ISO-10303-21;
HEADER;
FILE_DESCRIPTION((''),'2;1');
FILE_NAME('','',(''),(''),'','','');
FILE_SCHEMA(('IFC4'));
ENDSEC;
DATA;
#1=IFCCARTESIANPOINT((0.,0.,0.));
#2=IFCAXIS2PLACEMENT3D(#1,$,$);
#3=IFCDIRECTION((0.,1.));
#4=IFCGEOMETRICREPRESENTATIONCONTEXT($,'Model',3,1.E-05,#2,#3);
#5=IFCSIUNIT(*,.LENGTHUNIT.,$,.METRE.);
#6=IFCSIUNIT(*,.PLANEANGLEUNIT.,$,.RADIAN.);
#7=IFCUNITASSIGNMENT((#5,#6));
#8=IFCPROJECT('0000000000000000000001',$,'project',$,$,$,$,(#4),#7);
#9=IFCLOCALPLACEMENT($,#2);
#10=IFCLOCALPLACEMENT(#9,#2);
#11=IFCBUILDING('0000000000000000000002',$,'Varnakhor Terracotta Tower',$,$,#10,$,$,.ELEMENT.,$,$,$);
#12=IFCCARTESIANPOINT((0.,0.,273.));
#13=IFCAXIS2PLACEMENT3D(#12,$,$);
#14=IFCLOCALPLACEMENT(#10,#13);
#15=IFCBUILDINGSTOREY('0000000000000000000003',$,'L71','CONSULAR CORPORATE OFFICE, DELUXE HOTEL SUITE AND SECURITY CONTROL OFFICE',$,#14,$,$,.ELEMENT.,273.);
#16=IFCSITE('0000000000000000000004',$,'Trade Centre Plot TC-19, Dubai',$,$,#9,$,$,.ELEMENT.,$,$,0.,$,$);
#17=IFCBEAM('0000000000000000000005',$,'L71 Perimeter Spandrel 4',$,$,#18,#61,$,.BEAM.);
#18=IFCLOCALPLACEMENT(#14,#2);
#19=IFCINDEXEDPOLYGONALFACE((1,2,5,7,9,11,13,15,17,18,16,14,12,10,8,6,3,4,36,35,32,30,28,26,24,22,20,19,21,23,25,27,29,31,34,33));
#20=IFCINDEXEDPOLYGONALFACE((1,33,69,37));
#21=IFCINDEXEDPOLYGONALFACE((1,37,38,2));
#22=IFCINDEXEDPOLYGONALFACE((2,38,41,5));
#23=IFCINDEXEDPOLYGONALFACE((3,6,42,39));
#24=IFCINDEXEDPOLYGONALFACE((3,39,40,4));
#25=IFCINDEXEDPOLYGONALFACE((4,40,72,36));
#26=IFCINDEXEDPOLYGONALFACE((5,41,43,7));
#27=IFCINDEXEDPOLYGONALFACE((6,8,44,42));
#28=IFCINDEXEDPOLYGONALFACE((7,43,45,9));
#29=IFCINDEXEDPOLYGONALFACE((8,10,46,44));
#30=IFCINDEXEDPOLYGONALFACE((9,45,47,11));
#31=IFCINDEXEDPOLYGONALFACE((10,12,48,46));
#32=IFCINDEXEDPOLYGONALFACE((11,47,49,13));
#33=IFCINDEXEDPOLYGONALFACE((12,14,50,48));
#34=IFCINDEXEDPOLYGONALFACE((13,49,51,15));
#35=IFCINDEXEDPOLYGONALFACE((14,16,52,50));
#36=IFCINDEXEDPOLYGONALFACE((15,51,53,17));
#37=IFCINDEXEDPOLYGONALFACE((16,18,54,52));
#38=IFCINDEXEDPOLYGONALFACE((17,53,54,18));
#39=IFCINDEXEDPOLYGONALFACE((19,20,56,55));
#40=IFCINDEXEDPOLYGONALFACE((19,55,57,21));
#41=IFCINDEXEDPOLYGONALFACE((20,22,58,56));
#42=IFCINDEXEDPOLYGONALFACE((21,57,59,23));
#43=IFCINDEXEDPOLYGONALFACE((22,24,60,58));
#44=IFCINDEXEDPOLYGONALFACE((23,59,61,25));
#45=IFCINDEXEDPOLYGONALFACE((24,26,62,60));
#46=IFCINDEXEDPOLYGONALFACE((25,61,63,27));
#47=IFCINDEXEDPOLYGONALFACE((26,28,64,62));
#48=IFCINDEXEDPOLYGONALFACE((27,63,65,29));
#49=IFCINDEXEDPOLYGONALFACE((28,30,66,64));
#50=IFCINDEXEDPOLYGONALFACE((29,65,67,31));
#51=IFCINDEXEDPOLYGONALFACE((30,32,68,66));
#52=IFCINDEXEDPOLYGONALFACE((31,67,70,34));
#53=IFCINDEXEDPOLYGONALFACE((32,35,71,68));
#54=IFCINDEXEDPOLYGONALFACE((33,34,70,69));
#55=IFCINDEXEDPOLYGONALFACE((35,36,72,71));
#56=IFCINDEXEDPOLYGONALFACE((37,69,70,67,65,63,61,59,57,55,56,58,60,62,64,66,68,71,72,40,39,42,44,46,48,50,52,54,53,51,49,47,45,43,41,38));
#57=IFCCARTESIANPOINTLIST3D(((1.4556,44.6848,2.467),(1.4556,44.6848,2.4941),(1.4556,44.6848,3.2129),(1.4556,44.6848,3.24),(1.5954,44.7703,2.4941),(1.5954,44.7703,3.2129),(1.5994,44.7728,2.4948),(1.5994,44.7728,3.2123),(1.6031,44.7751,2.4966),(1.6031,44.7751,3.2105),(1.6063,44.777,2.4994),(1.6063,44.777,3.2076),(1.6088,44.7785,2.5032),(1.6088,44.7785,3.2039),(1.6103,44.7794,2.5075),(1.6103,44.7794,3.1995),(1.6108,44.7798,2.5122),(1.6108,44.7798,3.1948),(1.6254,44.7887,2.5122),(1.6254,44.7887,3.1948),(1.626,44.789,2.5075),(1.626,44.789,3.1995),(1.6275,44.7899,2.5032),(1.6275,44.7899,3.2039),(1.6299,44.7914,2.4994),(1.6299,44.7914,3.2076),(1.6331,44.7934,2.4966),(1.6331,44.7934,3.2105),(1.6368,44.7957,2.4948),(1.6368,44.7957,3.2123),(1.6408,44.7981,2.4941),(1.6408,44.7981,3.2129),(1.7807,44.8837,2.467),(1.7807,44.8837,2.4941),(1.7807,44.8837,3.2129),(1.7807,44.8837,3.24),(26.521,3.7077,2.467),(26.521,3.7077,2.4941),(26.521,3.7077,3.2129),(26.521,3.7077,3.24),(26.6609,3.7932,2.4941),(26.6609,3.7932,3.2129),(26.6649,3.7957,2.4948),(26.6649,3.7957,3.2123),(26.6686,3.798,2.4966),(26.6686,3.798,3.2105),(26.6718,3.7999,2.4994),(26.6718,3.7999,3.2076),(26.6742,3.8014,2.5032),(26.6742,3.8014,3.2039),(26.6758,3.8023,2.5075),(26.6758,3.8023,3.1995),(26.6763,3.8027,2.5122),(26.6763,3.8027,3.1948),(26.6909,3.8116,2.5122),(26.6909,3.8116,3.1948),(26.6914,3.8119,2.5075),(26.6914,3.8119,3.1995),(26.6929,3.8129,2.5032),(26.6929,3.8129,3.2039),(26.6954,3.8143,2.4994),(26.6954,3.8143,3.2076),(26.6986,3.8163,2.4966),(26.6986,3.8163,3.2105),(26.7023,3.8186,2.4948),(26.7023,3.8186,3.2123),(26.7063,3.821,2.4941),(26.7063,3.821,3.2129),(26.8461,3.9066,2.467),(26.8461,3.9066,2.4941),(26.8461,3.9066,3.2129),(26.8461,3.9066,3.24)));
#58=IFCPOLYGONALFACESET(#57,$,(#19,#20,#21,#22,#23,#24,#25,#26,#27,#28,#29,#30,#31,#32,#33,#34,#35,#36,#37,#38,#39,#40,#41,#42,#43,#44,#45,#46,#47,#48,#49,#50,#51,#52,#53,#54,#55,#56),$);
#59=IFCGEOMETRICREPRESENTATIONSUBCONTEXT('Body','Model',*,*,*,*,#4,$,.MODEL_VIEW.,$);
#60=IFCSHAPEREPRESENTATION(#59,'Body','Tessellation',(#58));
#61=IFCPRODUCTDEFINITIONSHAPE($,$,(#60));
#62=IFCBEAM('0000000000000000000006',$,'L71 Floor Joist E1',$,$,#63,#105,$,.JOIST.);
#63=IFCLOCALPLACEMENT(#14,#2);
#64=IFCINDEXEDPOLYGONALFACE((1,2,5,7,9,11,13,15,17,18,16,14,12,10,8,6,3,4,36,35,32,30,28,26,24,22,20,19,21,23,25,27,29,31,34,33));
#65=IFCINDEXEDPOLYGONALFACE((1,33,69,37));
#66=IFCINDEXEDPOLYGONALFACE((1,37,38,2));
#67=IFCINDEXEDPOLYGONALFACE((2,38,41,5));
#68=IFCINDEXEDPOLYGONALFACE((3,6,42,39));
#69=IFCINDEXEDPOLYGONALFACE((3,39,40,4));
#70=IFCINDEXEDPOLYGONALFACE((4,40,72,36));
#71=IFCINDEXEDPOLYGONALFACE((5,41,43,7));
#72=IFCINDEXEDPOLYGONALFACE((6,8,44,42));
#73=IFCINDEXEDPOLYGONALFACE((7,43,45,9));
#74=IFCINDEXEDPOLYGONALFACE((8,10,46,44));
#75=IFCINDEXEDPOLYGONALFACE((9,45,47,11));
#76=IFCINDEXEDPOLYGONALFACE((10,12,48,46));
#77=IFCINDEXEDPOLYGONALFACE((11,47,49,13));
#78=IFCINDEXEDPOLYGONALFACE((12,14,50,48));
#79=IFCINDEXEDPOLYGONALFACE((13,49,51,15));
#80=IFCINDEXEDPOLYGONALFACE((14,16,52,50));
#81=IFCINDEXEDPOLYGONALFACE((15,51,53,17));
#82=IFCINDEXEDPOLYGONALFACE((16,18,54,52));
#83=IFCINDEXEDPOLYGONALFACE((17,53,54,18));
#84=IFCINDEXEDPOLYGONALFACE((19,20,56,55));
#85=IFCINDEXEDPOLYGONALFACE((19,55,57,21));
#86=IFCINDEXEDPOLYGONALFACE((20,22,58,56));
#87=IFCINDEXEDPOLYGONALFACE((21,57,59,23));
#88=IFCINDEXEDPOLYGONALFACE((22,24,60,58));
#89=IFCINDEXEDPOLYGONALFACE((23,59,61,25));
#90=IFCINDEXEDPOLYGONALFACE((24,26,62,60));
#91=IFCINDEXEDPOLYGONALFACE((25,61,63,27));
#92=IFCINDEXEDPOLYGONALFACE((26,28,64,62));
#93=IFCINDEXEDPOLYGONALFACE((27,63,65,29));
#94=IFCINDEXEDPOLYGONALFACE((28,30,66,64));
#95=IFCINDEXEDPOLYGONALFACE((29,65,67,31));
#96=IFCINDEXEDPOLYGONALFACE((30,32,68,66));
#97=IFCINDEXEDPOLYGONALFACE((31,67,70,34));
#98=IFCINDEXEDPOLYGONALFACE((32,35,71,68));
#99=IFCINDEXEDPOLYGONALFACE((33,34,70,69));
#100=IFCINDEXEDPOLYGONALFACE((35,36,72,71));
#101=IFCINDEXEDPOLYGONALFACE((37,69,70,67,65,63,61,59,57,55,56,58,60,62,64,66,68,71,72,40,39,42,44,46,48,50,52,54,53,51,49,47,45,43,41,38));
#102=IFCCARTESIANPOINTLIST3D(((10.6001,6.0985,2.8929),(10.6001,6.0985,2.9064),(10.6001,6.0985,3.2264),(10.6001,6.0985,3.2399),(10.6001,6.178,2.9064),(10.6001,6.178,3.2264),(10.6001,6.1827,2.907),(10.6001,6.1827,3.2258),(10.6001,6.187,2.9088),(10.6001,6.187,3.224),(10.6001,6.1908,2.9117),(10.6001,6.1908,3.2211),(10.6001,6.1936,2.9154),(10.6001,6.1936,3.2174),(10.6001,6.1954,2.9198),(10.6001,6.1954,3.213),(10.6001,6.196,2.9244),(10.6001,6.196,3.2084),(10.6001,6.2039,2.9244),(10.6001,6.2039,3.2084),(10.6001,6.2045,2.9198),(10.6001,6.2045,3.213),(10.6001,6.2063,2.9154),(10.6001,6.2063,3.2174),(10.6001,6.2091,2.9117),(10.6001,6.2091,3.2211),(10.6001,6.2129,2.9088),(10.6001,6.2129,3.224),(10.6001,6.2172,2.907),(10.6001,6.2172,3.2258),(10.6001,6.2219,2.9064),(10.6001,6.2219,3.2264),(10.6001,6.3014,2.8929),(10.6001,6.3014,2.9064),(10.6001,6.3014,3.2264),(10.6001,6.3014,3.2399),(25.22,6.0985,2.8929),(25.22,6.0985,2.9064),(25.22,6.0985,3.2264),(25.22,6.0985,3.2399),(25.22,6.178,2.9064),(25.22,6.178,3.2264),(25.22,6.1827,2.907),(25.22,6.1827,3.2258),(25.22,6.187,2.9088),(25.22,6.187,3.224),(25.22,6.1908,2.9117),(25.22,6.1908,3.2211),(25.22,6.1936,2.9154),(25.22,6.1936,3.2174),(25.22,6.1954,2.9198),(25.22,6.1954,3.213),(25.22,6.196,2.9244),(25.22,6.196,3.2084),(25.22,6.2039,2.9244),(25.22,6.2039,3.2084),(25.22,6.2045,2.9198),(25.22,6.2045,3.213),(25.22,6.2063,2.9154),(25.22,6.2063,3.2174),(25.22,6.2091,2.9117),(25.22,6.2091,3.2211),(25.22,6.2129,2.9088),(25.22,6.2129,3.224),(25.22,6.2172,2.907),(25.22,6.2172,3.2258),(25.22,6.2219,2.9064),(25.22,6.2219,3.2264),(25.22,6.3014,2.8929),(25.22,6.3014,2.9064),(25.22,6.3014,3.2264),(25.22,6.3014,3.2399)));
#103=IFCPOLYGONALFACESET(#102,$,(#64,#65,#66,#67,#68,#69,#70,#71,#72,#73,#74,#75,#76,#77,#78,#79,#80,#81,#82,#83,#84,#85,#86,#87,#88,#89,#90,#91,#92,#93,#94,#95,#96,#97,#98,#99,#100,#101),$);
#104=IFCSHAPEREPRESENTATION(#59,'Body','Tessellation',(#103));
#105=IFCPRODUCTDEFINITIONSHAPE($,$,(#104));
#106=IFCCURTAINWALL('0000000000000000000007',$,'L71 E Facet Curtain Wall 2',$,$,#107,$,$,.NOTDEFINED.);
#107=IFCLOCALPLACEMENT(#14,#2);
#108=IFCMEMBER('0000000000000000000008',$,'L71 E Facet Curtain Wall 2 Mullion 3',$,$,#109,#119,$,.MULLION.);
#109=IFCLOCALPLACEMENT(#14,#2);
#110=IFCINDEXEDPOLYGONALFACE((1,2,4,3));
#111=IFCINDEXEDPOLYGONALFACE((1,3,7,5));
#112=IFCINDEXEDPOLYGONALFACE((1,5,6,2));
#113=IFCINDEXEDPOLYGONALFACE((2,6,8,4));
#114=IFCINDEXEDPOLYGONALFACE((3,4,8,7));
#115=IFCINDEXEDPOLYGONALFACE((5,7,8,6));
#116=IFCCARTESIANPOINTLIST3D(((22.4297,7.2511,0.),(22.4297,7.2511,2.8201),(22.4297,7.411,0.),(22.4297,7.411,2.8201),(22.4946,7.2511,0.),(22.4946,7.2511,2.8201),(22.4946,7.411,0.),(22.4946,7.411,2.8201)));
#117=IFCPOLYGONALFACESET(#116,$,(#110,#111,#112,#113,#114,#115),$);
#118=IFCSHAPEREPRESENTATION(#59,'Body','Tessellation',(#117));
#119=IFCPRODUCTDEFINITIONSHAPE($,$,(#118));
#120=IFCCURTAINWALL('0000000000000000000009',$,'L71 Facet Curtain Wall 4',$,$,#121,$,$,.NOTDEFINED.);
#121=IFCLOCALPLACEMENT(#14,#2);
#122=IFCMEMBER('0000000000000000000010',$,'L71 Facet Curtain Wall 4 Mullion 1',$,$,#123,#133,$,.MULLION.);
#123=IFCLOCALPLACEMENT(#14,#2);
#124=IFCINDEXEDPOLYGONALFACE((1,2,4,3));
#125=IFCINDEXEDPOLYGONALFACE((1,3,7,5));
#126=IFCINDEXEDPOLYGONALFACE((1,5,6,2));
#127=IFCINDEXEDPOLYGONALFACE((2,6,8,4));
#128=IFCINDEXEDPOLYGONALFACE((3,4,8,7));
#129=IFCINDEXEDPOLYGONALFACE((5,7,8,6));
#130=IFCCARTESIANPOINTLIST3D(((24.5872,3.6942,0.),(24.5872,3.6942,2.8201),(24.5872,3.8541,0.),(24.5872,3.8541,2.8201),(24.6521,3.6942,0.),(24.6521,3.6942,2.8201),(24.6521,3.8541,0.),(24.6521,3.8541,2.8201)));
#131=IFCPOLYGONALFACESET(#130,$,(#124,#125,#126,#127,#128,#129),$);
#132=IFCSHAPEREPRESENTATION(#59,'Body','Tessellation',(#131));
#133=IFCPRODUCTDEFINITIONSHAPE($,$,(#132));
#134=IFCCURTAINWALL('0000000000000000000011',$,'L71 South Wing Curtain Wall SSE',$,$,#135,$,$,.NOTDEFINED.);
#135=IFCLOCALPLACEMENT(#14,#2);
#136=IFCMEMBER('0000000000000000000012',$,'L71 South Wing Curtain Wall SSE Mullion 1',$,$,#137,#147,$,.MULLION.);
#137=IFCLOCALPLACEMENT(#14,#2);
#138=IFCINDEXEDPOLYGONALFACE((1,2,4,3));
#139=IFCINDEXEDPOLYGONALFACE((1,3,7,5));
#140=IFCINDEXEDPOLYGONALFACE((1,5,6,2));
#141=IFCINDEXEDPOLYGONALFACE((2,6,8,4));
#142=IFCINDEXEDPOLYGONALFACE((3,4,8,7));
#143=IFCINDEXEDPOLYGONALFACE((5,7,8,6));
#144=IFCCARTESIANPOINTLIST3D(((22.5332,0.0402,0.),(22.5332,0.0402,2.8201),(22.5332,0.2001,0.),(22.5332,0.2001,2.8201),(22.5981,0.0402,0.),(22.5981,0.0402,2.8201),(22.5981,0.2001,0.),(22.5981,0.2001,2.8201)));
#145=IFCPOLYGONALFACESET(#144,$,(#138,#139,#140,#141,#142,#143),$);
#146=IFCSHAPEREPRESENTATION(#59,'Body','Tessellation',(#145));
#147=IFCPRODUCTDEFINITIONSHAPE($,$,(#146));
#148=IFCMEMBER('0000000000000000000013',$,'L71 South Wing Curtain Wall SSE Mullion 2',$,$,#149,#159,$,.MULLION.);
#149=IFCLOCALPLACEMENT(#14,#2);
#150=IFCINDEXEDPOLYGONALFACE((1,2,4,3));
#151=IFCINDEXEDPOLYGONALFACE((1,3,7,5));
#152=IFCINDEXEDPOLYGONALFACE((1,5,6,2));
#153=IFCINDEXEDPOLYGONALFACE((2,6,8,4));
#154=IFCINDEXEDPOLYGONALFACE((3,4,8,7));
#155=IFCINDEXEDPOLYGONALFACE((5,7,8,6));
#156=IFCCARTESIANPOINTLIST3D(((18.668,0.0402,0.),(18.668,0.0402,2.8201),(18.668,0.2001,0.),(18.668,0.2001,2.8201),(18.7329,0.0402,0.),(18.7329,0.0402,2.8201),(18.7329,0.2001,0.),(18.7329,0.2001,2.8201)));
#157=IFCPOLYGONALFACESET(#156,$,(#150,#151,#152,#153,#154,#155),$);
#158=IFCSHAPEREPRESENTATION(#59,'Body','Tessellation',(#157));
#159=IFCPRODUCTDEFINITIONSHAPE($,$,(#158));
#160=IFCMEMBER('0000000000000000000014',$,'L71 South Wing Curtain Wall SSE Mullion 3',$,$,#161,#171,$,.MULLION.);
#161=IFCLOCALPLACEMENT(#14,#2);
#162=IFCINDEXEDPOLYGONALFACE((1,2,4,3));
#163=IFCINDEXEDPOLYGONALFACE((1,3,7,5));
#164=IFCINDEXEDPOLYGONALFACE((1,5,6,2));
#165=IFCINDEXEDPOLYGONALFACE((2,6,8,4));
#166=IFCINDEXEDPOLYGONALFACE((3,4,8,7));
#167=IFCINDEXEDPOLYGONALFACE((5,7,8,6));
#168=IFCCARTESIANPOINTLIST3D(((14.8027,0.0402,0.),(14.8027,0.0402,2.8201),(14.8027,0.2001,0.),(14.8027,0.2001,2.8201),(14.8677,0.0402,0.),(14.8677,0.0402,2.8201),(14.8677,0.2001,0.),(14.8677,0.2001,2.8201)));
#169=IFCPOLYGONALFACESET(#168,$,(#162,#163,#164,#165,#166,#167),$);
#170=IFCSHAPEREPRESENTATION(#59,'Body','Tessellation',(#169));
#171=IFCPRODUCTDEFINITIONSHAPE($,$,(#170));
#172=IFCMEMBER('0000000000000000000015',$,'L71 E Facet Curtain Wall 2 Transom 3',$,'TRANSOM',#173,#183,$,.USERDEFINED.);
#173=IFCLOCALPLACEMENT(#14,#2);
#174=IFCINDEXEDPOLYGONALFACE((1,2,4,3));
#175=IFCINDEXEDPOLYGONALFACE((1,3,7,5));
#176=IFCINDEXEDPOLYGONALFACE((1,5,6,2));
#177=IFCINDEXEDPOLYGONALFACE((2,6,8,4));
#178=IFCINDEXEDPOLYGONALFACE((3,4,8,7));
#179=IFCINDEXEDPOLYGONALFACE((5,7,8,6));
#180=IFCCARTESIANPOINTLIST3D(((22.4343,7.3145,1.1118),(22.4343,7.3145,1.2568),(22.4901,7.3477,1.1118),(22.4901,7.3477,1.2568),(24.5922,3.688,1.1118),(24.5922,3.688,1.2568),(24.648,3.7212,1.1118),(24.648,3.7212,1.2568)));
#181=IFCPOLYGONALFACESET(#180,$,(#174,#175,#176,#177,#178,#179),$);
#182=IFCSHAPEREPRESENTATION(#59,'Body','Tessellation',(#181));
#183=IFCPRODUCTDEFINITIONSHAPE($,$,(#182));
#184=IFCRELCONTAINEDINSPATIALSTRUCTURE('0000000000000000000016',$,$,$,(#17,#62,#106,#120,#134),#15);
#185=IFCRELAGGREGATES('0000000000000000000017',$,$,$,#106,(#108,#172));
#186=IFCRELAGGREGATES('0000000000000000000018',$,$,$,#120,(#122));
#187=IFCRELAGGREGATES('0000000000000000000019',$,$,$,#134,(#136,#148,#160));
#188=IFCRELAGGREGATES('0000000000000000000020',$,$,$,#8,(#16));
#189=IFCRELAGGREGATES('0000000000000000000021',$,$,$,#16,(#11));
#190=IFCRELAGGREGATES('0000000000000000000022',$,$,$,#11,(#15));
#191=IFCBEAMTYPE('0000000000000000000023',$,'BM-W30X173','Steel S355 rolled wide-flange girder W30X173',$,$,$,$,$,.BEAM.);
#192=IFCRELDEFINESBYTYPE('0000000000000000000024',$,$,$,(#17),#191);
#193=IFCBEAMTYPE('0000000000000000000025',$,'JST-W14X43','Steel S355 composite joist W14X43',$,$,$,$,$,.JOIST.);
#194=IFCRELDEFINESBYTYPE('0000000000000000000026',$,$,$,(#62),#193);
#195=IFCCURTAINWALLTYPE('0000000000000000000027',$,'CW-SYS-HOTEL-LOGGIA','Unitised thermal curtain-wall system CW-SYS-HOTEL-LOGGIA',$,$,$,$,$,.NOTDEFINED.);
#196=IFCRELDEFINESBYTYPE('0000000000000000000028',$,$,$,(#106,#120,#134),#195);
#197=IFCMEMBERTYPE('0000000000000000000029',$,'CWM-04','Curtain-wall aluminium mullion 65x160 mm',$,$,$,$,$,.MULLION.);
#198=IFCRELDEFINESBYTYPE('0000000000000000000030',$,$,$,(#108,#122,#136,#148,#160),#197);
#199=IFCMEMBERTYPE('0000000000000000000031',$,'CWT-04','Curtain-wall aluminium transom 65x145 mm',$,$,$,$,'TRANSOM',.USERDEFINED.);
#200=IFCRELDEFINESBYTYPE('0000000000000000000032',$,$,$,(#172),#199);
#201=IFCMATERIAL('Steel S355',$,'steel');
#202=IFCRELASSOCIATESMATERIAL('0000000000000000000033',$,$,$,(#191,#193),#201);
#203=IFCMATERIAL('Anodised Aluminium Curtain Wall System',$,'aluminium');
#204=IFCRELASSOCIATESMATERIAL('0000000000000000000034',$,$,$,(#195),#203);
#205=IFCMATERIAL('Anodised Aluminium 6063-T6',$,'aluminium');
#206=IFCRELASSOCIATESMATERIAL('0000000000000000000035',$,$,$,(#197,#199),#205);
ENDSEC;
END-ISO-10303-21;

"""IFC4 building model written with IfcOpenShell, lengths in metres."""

from ifc_helpers import new_model, si_unit, direction, frame, origin, origin_2d, place, context, subcontext, project, spatial, rectangle, i_section, extrude, source, transform, mapped, material, material_profile, profile_set, type_object, type_shapes, element, aggregate, save


model = new_model("IFC4")

# Units and contexts
model_context = context("Model", 3, precision=1e-05, world=origin(), true_north=direction((0.0, 1.0)))
body_context = subcontext(model_context, "Body", "Model", "MODEL_VIEW")
ifc_project = project(units=[si_unit("LENGTHUNIT", "METRE"), si_unit("PLANEANGLEUNIT", "RADIAN")], contexts=[model_context])

# Site, building, storey
site_placement = place(None, origin())
site = spatial("IfcSite", under=ifc_project, at=site_placement, Name="Trade Centre Plot TC-19, Dubai", CompositionType="ELEMENT", RefElevation=0.0)
building_placement = place(site_placement, origin())
building = spatial("IfcBuilding", under=site, at=building_placement, Name="Varnakhor Terracotta Tower", CompositionType="ELEMENT")
storey_placement = place(building_placement, frame((0.0, 0.0, 273.0)))
storey = spatial("IfcBuildingStorey", under=building, at=storey_placement, Name="L71", Description="CONSULAR CORPORATE OFFICE, DELUXE HOTEL SUITE AND SECURITY CONTROL OFFICE", CompositionType="ELEMENT", Elevation=273.0)

# Shared definitions
ifc_material_1 = material(Name="Steel S355", Category="steel")

# Beams
ifc_material_profile_1 = material_profile(ifc_material_1, i_section(OverallWidth=0.3811, OverallDepth=0.7729, WebThickness=0.0171, FlangeThickness=0.0271, FilletRadius=0.0181, at=origin_2d()), Name="W30X173")
ifc_profile_set_1 = profile_set([ifc_material_profile_1], Name="Steel S355")
beam_type_1 = type_object("IfcBeamType", Name="BM-W30X173", Description="Steel S355 rolled wide-flange girder W30X173", PredefinedType="BEAM", material=ifc_profile_set_1)
shared_shape_1 = source(origin(), body_context, "Body", "SweptSolid", [
    extrude(i_section(OverallWidth=0.3811, OverallDepth=0.7729, WebThickness=0.0171, FlangeThickness=0.0271, FilletRadius=0.0181, at=origin_2d()), origin(), (0.0, 0.0, 1.0), 48.0354),
])
beam_1_placement = place(storey_placement, frame((26.6836, 3.8071, 2.8535), z_axis=(-0.521812, 0.85306, 0.0), x_axis=(-0.85306, -0.521812, 0.0)))
element("IfcBeam", 1, at=beam_1_placement, inside=storey, type_object=beam_type_1, Name="L71 Perimeter Spandrel 4", PredefinedType="BEAM", context=body_context, shape_type="MappedRepresentation", body=[
    mapped(shared_shape_1, transform((0.0, 0.0, 0.0), scale=1.0)),
])
ifc_material_profile_2 = material_profile(ifc_material_1, i_section(OverallWidth=0.2029, OverallDepth=0.3469, WebThickness=0.0078, FlangeThickness=0.0134, FilletRadius=0.0181, at=origin_2d()), Name="W14X43")
ifc_profile_set_2 = profile_set([ifc_material_profile_2], Name="Steel S355")
beam_type_2 = type_object("IfcBeamType", Name="JST-W14X43", Description="Steel S355 composite joist W14X43", PredefinedType="JOIST", material=ifc_profile_set_2)
shared_shape_2 = source(origin(), body_context, "Body", "SweptSolid", [
    extrude(i_section(OverallWidth=0.2029, OverallDepth=0.3469, WebThickness=0.0078, FlangeThickness=0.0134, FilletRadius=0.0181, at=origin_2d()), origin(), (0.0, 0.0, 1.0), 14.6199),
])
beam_2_placement = place(storey_placement, frame((10.6001, 6.2, 3.0664), z_axis=(1.0, 0.0, 0.0), x_axis=(0.0, 1.0, 0.0)))
element("IfcBeam", 2, at=beam_2_placement, inside=storey, type_object=beam_type_2, Name="L71 Floor Joist E1", PredefinedType="JOIST", context=body_context, shape_type="MappedRepresentation", body=[
    mapped(shared_shape_2, transform((0.0, 0.0, 0.0), scale=1.0)),
])

# Curtain walls, members
ifc_material_2 = material(Name="Anodised Aluminium Curtain Wall System", Category="aluminium")
curtain_wall_type = type_object("IfcCurtainWallType", Name="CW-SYS-HOTEL-LOGGIA", Description="Unitised thermal curtain-wall system CW-SYS-HOTEL-LOGGIA", PredefinedType="NOTDEFINED", material=ifc_material_2)
curtain_wall_1_placement = place(storey_placement, origin())
curtain_wall_1 = element("IfcCurtainWall", 3, at=curtain_wall_1_placement, inside=storey, type_object=curtain_wall_type, Name="L71 E Facet Curtain Wall 2", PredefinedType="NOTDEFINED")
ifc_material_3 = material(Name="Anodised Aluminium 6063-T6", Category="aluminium")
ifc_material_profile_3 = material_profile(ifc_material_3, rectangle(XDim=0.0649, YDim=0.1599, at=origin_2d()), Name="ALU MULLION 65x160")
ifc_profile_set_3 = profile_set([ifc_material_profile_3], Name="Anodised Aluminium 6063-T6")
member_type_1 = type_object("IfcMemberType", Name="CWM-04", Description="Curtain-wall aluminium mullion 65x160 mm", PredefinedType="MULLION", material=ifc_profile_set_3)
shared_shape_3 = source(origin(), body_context, "Body", "SweptSolid", [
    extrude(rectangle(XDim=0.0649, YDim=0.1599, at=origin_2d()), origin(), (0.0, 0.0, 1.0), 2.8201),
])
type_shapes(member_type_1, [shared_shape_3])
member_1_placement = place(storey_placement, frame((22.4622, 7.3311, 0.0), z_axis=(0.0, 0.0, 1.0), x_axis=(1.0, 0.0, 0.0)))
member_1 = element("IfcMember", 4, at=member_1_placement, type_object=member_type_1, Name="L71 E Facet Curtain Wall 2 Mullion 3", PredefinedType="MULLION", context=body_context, shape_type="MappedRepresentation", body=[
    mapped(shared_shape_3, transform((0.0, 0.0, 0.0), scale=1.0)),
])
curtain_wall_2_placement = place(storey_placement, origin())
curtain_wall_2 = element("IfcCurtainWall", 5, at=curtain_wall_2_placement, inside=storey, type_object=curtain_wall_type, Name="L71 Facet Curtain Wall 4", PredefinedType="NOTDEFINED")
member_2_placement = place(storey_placement, frame((24.6196, 3.7742, 0.0), z_axis=(0.0, 0.0, 1.0), x_axis=(1.0, 0.0, 0.0)))
member_2 = element("IfcMember", 6, at=member_2_placement, type_object=member_type_1, Name="L71 Facet Curtain Wall 4 Mullion 1", PredefinedType="MULLION", context=body_context, shape_type="MappedRepresentation", body=[
    mapped(shared_shape_3, transform((0.0, 0.0, 0.0), scale=1.0)),
])

# Curtain wall, members
curtain_wall_3_placement = place(storey_placement, origin())
curtain_wall_3 = element("IfcCurtainWall", 7, at=curtain_wall_3_placement, inside=storey, type_object=curtain_wall_type, Name="L71 South Wing Curtain Wall SSE", PredefinedType="NOTDEFINED")
member_3_placement = place(storey_placement, frame((22.5657, 0.1201, 0.0), z_axis=(0.0, 0.0, 1.0), x_axis=(1.0, 0.0, 0.0)))
member_3 = element("IfcMember", 8, at=member_3_placement, type_object=member_type_1, Name="L71 South Wing Curtain Wall SSE Mullion 1", PredefinedType="MULLION", context=body_context, shape_type="MappedRepresentation", body=[
    mapped(shared_shape_3, transform((0.0, 0.0, 0.0), scale=1.0)),
])
member_4_placement = place(storey_placement, frame((18.7004, 0.1201, 0.0), z_axis=(0.0, 0.0, 1.0), x_axis=(1.0, 0.0, 0.0)))
member_4 = element("IfcMember", 9, at=member_4_placement, type_object=member_type_1, Name="L71 South Wing Curtain Wall SSE Mullion 2", PredefinedType="MULLION", context=body_context, shape_type="MappedRepresentation", body=[
    mapped(shared_shape_3, transform((0.0, 0.0, 0.0), scale=1.0)),
])
member_5_placement = place(storey_placement, frame((14.8352, 0.1201, 0.0), z_axis=(0.0, 0.0, 1.0), x_axis=(1.0, 0.0, 0.0)))
member_5 = element("IfcMember", 10, at=member_5_placement, type_object=member_type_1, Name="L71 South Wing Curtain Wall SSE Mullion 3", PredefinedType="MULLION", context=body_context, shape_type="MappedRepresentation", body=[
    mapped(shared_shape_3, transform((0.0, 0.0, 0.0), scale=1.0)),
])

# Member
ifc_material_profile_4 = material_profile(ifc_material_3, rectangle(XDim=0.0649, YDim=0.145, at=origin_2d()), Name="ALU TRANSOM 65x145")
ifc_profile_set_4 = profile_set([ifc_material_profile_4], Name="Anodised Aluminium 6063-T6")
member_type_2 = type_object("IfcMemberType", Name="CWT-04", Description="Curtain-wall aluminium transom 65x145 mm", ElementType="TRANSOM", PredefinedType="USERDEFINED", material=ifc_profile_set_4)
shared_shape_4 = source(origin(), body_context, "Body", "SweptSolid", [
    extrude(rectangle(XDim=0.0649, YDim=0.145, at=origin_2d()), origin(), (0.0, 0.0, 1.0), 4.22),
])
member_6_placement = place(storey_placement, frame((22.4622, 7.3311, 1.1843), z_axis=(0.51137, -0.859361, 0.0), x_axis=(0.859361, 0.51137, 0.0)))
member_6 = element("IfcMember", 11, at=member_6_placement, type_object=member_type_2, Name="L71 E Facet Curtain Wall 2 Transom 3", ObjectType="TRANSOM", PredefinedType="USERDEFINED", context=body_context, shape_type="MappedRepresentation", body=[
    mapped(shared_shape_4, transform((0.0, 0.0, 0.0), scale=1.0)),
])

aggregate(curtain_wall_1, [member_1, member_6])
aggregate(curtain_wall_2, [member_2])
aggregate(curtain_wall_3, [member_3, member_4, member_5])

save(model, "model.ifc")
